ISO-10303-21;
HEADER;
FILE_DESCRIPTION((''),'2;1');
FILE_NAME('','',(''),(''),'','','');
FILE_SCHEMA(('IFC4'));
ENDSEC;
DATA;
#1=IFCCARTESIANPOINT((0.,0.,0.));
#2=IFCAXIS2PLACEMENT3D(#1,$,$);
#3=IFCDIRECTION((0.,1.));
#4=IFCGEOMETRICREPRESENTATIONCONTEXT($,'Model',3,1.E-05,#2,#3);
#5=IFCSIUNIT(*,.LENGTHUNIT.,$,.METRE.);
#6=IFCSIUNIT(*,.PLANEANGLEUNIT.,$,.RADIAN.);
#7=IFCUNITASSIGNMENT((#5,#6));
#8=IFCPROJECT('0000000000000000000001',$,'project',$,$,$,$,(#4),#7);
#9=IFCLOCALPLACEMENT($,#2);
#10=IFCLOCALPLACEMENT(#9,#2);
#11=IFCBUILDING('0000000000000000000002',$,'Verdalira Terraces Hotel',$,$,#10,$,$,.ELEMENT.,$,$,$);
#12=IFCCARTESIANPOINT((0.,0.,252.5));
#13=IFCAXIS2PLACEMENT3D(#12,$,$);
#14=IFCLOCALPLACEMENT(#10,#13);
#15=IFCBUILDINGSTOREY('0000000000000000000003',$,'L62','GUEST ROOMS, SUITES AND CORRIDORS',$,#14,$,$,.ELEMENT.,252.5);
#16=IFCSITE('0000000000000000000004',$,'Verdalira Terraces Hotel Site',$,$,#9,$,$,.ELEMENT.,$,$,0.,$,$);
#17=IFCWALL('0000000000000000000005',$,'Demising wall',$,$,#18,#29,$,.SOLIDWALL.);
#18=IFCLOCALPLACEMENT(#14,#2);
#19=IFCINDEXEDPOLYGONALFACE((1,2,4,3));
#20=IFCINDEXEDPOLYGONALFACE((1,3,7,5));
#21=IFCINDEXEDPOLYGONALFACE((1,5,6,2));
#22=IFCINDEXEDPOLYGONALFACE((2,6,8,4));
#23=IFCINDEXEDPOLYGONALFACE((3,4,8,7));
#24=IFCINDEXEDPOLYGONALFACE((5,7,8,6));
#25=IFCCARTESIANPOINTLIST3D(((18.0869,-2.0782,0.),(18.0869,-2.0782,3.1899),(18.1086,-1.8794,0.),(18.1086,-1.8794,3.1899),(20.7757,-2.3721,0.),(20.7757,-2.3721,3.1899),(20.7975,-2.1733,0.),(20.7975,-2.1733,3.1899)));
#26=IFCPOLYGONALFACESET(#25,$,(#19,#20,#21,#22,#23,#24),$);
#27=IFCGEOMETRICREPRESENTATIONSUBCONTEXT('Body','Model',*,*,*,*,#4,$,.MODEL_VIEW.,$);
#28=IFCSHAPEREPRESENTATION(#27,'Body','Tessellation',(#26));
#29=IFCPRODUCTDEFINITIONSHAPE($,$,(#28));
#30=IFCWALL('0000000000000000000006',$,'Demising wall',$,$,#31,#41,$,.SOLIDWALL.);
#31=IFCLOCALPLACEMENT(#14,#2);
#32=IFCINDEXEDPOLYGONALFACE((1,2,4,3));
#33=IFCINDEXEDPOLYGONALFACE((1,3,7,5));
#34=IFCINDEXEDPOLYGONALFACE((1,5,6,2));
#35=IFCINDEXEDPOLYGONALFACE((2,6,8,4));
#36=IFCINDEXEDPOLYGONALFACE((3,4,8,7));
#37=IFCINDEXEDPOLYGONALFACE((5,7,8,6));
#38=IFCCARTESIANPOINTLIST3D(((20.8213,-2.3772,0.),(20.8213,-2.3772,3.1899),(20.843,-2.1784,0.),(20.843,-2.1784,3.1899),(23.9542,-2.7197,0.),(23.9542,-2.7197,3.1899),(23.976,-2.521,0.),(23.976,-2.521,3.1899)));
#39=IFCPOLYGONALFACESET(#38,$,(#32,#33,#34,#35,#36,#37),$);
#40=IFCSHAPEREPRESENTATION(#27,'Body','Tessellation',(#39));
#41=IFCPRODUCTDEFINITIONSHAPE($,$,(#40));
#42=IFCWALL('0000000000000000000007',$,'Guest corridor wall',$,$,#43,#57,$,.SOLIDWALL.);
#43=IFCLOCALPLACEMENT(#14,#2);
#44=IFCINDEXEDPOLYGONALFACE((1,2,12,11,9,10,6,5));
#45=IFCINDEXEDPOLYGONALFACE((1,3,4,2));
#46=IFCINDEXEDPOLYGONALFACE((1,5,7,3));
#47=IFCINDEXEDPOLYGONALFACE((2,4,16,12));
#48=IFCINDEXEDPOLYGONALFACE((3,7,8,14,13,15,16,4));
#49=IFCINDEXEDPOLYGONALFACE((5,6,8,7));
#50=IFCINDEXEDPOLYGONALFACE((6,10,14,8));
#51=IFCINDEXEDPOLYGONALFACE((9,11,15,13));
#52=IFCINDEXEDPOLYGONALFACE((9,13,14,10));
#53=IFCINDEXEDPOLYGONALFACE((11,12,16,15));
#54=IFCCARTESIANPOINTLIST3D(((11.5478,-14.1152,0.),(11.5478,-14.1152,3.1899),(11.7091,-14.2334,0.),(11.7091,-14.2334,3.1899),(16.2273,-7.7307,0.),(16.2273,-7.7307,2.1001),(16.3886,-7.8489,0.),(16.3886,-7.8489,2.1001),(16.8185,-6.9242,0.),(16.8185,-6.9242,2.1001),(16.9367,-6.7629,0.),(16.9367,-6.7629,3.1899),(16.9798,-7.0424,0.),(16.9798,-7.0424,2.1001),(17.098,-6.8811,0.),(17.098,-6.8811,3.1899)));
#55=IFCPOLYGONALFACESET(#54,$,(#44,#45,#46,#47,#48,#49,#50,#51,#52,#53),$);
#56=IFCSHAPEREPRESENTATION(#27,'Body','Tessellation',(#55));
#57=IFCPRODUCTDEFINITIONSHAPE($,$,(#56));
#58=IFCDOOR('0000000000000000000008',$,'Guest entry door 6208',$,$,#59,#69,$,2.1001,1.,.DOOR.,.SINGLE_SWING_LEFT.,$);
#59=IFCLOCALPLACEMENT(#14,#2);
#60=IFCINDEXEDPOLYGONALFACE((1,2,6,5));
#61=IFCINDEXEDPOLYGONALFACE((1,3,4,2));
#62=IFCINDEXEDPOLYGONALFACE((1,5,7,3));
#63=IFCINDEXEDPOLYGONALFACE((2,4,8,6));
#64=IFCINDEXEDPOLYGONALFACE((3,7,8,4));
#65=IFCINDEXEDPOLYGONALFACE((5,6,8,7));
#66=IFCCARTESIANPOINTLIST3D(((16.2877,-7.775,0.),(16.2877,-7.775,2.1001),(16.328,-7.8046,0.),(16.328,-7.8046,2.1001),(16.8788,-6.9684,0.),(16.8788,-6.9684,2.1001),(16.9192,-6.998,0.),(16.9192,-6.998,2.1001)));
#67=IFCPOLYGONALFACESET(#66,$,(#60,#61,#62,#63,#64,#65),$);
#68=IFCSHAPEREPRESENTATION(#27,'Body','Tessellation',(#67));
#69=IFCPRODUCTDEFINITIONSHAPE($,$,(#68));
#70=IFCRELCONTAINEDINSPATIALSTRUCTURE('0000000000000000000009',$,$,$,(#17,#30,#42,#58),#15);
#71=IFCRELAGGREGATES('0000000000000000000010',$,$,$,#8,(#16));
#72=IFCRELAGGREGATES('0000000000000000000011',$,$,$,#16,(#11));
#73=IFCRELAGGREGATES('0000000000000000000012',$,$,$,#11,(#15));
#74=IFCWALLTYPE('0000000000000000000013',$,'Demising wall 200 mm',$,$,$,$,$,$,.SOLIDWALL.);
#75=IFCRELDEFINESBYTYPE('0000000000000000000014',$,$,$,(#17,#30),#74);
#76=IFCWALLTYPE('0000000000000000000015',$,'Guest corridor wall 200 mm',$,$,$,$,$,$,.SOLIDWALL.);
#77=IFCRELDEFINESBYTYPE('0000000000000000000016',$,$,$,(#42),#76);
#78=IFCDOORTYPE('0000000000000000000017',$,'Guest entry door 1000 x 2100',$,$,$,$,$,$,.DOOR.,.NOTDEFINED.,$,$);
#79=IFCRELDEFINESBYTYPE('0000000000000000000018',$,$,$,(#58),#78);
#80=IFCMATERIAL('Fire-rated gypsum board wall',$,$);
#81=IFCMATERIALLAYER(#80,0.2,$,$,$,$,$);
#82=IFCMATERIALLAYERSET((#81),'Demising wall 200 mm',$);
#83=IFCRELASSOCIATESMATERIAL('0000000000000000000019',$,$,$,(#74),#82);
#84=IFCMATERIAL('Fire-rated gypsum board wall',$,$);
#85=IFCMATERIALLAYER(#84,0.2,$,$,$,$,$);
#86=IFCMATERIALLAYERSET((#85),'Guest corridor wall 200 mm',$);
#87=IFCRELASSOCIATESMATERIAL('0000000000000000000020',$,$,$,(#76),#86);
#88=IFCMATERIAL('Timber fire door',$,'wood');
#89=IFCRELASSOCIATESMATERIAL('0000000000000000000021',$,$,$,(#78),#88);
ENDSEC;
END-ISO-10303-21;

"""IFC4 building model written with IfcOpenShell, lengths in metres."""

from ifc_helpers import new_model, si_unit, direction, frame, frame_2d, origin, place, context, subcontext, project, spatial, rectangle, extrude, material, layer, layer_set, type_object, element, fill, save


model = new_model("IFC4")

# Units and contexts
model_context = context("Model", 3, precision=1e-05, world=origin(), true_north=direction((0.0, 1.0)))
body_context = subcontext(model_context, "Body", "Model", "MODEL_VIEW")
ifc_project = project(units=[si_unit("LENGTHUNIT", "METRE"), si_unit("PLANEANGLEUNIT", "RADIAN")], contexts=[model_context])

# Site, building, storey
site_placement = place(None, origin())
site = spatial("IfcSite", under=ifc_project, at=site_placement, Name="Verdalira Terraces Hotel Site", CompositionType="ELEMENT", RefElevation=0.0)
building_placement = place(site_placement, origin())
building = spatial("IfcBuilding", under=site, at=building_placement, Name="Verdalira Terraces Hotel", CompositionType="ELEMENT")
storey_placement = place(building_placement, frame((0.0, 0.0, 252.5)))
storey = spatial("IfcBuildingStorey", under=building, at=storey_placement, Name="L62", Description="GUEST ROOMS, SUITES AND CORRIDORS", CompositionType="ELEMENT", Elevation=252.5)

# Walls
ifc_material_1 = material(Name="Fire-rated gypsum board wall")
ifc_layer_1 = layer(ifc_material_1, 0.2)
ifc_layer_set_1 = layer_set([ifc_layer_1], Name="Demising wall 200 mm")
wall_type_1 = type_object("IfcWallType", Name="Demising wall 200 mm", PredefinedType="SOLIDWALL", material=ifc_layer_set_1)
wall_1_placement = place(storey_placement, frame((18.0977, -1.9788, 0.0), z_axis=(0.0, 0.0, 1.0), x_axis=(0.994077, -0.108678, 0.0)))
element("IfcWall", 1, at=wall_1_placement, inside=storey, type_object=wall_type_1, Name="Demising wall", PredefinedType="SOLIDWALL", context=body_context, shape_type="SweptSolid", body=[
    extrude(rectangle(XDim=2.7048, YDim=0.2, at=frame_2d((1.3525, 0.0))), origin(), (0.0, 0.0, 1.0), 3.1899),
])
wall_2_placement = place(storey_placement, frame((20.8323, -2.2778, 0.0), z_axis=(0.0, 0.0, 1.0), x_axis=(0.994077, -0.10868, 0.0)))
element("IfcWall", 2, at=wall_2_placement, inside=storey, type_object=wall_type_1, Name="Demising wall", PredefinedType="SOLIDWALL", context=body_context, shape_type="SweptSolid", body=[
    extrude(rectangle(XDim=3.1516, YDim=0.2, at=frame_2d((1.5757, 0.0))), origin(), (0.0, 0.0, 1.0), 3.1899),
])

# Wall, opening, door
ifc_material_2 = material(Name="Fire-rated gypsum board wall")
ifc_layer_2 = layer(ifc_material_2, 0.2)
ifc_layer_set_2 = layer_set([ifc_layer_2], Name="Guest corridor wall 200 mm")
wall_type_2 = type_object("IfcWallType", Name="Guest corridor wall 200 mm", PredefinedType="SOLIDWALL", material=ifc_layer_set_2)
wall_3_placement = place(storey_placement, frame((17.0173, -6.822, 0.0), z_axis=(0.0, 0.0, 1.0), x_axis=(-0.591166, -0.80655, 0.0)))
wall_3 = element("IfcWall", 3, at=wall_3_placement, inside=storey, type_object=wall_type_2, Name="Guest corridor wall", PredefinedType="SOLIDWALL", context=body_context, shape_type="SweptSolid", body=[
    extrude(rectangle(XDim=9.1157, YDim=0.2, at=frame_2d((4.5579, 0.0))), origin(), (0.0, 0.0, 1.0), 3.1899),
])
opening_1_placement = place(wall_3_placement, frame((0.2, 0.0, 0.0)))
opening_1 = element("IfcOpeningElement", 4, at=opening_1_placement, cuts=wall_3, PredefinedType="OPENING", context=body_context, shape_type="SweptSolid", body=[
    extrude(rectangle(XDim=1.0, YDim=2.1001, at=frame_2d((0.5, 1.05))), frame((0.0, 0.1099, 0.0), z_axis=(0.0, -1.0, 0.0), x_axis=(1.0, 0.0, 0.0)), (0.0, 0.0, 1.0), 0.22),
])
ifc_material_3 = material(Name="Timber fire door", Category="wood")
door_type_1 = type_object("IfcDoorType", Name="Guest entry door 1000 x 2100", OperationType="NOTDEFINED", PredefinedType="DOOR", material=ifc_material_3)
door_1_placement = place(opening_1_placement, origin())
door_1 = element("IfcDoor", 5, at=door_1_placement, inside=storey, type_object=door_type_1, Name="Guest entry door 6208", OperationType="SINGLE_SWING_LEFT", OverallHeight=2.1001, OverallWidth=1.0, PredefinedType="DOOR", context=body_context, shape_type="SweptSolid", body=[
    extrude(rectangle(XDim=1.0, YDim=2.1001, at=frame_2d((0.5, 1.05))), frame((0.0, 0.0249, 0.0), z_axis=(0.0, -1.0, 0.0), x_axis=(1.0, 0.0, 0.0)), (0.0, 0.0, 1.0), 0.05),
])
fill(opening_1, door_1)

save(model, "model.ifc")
